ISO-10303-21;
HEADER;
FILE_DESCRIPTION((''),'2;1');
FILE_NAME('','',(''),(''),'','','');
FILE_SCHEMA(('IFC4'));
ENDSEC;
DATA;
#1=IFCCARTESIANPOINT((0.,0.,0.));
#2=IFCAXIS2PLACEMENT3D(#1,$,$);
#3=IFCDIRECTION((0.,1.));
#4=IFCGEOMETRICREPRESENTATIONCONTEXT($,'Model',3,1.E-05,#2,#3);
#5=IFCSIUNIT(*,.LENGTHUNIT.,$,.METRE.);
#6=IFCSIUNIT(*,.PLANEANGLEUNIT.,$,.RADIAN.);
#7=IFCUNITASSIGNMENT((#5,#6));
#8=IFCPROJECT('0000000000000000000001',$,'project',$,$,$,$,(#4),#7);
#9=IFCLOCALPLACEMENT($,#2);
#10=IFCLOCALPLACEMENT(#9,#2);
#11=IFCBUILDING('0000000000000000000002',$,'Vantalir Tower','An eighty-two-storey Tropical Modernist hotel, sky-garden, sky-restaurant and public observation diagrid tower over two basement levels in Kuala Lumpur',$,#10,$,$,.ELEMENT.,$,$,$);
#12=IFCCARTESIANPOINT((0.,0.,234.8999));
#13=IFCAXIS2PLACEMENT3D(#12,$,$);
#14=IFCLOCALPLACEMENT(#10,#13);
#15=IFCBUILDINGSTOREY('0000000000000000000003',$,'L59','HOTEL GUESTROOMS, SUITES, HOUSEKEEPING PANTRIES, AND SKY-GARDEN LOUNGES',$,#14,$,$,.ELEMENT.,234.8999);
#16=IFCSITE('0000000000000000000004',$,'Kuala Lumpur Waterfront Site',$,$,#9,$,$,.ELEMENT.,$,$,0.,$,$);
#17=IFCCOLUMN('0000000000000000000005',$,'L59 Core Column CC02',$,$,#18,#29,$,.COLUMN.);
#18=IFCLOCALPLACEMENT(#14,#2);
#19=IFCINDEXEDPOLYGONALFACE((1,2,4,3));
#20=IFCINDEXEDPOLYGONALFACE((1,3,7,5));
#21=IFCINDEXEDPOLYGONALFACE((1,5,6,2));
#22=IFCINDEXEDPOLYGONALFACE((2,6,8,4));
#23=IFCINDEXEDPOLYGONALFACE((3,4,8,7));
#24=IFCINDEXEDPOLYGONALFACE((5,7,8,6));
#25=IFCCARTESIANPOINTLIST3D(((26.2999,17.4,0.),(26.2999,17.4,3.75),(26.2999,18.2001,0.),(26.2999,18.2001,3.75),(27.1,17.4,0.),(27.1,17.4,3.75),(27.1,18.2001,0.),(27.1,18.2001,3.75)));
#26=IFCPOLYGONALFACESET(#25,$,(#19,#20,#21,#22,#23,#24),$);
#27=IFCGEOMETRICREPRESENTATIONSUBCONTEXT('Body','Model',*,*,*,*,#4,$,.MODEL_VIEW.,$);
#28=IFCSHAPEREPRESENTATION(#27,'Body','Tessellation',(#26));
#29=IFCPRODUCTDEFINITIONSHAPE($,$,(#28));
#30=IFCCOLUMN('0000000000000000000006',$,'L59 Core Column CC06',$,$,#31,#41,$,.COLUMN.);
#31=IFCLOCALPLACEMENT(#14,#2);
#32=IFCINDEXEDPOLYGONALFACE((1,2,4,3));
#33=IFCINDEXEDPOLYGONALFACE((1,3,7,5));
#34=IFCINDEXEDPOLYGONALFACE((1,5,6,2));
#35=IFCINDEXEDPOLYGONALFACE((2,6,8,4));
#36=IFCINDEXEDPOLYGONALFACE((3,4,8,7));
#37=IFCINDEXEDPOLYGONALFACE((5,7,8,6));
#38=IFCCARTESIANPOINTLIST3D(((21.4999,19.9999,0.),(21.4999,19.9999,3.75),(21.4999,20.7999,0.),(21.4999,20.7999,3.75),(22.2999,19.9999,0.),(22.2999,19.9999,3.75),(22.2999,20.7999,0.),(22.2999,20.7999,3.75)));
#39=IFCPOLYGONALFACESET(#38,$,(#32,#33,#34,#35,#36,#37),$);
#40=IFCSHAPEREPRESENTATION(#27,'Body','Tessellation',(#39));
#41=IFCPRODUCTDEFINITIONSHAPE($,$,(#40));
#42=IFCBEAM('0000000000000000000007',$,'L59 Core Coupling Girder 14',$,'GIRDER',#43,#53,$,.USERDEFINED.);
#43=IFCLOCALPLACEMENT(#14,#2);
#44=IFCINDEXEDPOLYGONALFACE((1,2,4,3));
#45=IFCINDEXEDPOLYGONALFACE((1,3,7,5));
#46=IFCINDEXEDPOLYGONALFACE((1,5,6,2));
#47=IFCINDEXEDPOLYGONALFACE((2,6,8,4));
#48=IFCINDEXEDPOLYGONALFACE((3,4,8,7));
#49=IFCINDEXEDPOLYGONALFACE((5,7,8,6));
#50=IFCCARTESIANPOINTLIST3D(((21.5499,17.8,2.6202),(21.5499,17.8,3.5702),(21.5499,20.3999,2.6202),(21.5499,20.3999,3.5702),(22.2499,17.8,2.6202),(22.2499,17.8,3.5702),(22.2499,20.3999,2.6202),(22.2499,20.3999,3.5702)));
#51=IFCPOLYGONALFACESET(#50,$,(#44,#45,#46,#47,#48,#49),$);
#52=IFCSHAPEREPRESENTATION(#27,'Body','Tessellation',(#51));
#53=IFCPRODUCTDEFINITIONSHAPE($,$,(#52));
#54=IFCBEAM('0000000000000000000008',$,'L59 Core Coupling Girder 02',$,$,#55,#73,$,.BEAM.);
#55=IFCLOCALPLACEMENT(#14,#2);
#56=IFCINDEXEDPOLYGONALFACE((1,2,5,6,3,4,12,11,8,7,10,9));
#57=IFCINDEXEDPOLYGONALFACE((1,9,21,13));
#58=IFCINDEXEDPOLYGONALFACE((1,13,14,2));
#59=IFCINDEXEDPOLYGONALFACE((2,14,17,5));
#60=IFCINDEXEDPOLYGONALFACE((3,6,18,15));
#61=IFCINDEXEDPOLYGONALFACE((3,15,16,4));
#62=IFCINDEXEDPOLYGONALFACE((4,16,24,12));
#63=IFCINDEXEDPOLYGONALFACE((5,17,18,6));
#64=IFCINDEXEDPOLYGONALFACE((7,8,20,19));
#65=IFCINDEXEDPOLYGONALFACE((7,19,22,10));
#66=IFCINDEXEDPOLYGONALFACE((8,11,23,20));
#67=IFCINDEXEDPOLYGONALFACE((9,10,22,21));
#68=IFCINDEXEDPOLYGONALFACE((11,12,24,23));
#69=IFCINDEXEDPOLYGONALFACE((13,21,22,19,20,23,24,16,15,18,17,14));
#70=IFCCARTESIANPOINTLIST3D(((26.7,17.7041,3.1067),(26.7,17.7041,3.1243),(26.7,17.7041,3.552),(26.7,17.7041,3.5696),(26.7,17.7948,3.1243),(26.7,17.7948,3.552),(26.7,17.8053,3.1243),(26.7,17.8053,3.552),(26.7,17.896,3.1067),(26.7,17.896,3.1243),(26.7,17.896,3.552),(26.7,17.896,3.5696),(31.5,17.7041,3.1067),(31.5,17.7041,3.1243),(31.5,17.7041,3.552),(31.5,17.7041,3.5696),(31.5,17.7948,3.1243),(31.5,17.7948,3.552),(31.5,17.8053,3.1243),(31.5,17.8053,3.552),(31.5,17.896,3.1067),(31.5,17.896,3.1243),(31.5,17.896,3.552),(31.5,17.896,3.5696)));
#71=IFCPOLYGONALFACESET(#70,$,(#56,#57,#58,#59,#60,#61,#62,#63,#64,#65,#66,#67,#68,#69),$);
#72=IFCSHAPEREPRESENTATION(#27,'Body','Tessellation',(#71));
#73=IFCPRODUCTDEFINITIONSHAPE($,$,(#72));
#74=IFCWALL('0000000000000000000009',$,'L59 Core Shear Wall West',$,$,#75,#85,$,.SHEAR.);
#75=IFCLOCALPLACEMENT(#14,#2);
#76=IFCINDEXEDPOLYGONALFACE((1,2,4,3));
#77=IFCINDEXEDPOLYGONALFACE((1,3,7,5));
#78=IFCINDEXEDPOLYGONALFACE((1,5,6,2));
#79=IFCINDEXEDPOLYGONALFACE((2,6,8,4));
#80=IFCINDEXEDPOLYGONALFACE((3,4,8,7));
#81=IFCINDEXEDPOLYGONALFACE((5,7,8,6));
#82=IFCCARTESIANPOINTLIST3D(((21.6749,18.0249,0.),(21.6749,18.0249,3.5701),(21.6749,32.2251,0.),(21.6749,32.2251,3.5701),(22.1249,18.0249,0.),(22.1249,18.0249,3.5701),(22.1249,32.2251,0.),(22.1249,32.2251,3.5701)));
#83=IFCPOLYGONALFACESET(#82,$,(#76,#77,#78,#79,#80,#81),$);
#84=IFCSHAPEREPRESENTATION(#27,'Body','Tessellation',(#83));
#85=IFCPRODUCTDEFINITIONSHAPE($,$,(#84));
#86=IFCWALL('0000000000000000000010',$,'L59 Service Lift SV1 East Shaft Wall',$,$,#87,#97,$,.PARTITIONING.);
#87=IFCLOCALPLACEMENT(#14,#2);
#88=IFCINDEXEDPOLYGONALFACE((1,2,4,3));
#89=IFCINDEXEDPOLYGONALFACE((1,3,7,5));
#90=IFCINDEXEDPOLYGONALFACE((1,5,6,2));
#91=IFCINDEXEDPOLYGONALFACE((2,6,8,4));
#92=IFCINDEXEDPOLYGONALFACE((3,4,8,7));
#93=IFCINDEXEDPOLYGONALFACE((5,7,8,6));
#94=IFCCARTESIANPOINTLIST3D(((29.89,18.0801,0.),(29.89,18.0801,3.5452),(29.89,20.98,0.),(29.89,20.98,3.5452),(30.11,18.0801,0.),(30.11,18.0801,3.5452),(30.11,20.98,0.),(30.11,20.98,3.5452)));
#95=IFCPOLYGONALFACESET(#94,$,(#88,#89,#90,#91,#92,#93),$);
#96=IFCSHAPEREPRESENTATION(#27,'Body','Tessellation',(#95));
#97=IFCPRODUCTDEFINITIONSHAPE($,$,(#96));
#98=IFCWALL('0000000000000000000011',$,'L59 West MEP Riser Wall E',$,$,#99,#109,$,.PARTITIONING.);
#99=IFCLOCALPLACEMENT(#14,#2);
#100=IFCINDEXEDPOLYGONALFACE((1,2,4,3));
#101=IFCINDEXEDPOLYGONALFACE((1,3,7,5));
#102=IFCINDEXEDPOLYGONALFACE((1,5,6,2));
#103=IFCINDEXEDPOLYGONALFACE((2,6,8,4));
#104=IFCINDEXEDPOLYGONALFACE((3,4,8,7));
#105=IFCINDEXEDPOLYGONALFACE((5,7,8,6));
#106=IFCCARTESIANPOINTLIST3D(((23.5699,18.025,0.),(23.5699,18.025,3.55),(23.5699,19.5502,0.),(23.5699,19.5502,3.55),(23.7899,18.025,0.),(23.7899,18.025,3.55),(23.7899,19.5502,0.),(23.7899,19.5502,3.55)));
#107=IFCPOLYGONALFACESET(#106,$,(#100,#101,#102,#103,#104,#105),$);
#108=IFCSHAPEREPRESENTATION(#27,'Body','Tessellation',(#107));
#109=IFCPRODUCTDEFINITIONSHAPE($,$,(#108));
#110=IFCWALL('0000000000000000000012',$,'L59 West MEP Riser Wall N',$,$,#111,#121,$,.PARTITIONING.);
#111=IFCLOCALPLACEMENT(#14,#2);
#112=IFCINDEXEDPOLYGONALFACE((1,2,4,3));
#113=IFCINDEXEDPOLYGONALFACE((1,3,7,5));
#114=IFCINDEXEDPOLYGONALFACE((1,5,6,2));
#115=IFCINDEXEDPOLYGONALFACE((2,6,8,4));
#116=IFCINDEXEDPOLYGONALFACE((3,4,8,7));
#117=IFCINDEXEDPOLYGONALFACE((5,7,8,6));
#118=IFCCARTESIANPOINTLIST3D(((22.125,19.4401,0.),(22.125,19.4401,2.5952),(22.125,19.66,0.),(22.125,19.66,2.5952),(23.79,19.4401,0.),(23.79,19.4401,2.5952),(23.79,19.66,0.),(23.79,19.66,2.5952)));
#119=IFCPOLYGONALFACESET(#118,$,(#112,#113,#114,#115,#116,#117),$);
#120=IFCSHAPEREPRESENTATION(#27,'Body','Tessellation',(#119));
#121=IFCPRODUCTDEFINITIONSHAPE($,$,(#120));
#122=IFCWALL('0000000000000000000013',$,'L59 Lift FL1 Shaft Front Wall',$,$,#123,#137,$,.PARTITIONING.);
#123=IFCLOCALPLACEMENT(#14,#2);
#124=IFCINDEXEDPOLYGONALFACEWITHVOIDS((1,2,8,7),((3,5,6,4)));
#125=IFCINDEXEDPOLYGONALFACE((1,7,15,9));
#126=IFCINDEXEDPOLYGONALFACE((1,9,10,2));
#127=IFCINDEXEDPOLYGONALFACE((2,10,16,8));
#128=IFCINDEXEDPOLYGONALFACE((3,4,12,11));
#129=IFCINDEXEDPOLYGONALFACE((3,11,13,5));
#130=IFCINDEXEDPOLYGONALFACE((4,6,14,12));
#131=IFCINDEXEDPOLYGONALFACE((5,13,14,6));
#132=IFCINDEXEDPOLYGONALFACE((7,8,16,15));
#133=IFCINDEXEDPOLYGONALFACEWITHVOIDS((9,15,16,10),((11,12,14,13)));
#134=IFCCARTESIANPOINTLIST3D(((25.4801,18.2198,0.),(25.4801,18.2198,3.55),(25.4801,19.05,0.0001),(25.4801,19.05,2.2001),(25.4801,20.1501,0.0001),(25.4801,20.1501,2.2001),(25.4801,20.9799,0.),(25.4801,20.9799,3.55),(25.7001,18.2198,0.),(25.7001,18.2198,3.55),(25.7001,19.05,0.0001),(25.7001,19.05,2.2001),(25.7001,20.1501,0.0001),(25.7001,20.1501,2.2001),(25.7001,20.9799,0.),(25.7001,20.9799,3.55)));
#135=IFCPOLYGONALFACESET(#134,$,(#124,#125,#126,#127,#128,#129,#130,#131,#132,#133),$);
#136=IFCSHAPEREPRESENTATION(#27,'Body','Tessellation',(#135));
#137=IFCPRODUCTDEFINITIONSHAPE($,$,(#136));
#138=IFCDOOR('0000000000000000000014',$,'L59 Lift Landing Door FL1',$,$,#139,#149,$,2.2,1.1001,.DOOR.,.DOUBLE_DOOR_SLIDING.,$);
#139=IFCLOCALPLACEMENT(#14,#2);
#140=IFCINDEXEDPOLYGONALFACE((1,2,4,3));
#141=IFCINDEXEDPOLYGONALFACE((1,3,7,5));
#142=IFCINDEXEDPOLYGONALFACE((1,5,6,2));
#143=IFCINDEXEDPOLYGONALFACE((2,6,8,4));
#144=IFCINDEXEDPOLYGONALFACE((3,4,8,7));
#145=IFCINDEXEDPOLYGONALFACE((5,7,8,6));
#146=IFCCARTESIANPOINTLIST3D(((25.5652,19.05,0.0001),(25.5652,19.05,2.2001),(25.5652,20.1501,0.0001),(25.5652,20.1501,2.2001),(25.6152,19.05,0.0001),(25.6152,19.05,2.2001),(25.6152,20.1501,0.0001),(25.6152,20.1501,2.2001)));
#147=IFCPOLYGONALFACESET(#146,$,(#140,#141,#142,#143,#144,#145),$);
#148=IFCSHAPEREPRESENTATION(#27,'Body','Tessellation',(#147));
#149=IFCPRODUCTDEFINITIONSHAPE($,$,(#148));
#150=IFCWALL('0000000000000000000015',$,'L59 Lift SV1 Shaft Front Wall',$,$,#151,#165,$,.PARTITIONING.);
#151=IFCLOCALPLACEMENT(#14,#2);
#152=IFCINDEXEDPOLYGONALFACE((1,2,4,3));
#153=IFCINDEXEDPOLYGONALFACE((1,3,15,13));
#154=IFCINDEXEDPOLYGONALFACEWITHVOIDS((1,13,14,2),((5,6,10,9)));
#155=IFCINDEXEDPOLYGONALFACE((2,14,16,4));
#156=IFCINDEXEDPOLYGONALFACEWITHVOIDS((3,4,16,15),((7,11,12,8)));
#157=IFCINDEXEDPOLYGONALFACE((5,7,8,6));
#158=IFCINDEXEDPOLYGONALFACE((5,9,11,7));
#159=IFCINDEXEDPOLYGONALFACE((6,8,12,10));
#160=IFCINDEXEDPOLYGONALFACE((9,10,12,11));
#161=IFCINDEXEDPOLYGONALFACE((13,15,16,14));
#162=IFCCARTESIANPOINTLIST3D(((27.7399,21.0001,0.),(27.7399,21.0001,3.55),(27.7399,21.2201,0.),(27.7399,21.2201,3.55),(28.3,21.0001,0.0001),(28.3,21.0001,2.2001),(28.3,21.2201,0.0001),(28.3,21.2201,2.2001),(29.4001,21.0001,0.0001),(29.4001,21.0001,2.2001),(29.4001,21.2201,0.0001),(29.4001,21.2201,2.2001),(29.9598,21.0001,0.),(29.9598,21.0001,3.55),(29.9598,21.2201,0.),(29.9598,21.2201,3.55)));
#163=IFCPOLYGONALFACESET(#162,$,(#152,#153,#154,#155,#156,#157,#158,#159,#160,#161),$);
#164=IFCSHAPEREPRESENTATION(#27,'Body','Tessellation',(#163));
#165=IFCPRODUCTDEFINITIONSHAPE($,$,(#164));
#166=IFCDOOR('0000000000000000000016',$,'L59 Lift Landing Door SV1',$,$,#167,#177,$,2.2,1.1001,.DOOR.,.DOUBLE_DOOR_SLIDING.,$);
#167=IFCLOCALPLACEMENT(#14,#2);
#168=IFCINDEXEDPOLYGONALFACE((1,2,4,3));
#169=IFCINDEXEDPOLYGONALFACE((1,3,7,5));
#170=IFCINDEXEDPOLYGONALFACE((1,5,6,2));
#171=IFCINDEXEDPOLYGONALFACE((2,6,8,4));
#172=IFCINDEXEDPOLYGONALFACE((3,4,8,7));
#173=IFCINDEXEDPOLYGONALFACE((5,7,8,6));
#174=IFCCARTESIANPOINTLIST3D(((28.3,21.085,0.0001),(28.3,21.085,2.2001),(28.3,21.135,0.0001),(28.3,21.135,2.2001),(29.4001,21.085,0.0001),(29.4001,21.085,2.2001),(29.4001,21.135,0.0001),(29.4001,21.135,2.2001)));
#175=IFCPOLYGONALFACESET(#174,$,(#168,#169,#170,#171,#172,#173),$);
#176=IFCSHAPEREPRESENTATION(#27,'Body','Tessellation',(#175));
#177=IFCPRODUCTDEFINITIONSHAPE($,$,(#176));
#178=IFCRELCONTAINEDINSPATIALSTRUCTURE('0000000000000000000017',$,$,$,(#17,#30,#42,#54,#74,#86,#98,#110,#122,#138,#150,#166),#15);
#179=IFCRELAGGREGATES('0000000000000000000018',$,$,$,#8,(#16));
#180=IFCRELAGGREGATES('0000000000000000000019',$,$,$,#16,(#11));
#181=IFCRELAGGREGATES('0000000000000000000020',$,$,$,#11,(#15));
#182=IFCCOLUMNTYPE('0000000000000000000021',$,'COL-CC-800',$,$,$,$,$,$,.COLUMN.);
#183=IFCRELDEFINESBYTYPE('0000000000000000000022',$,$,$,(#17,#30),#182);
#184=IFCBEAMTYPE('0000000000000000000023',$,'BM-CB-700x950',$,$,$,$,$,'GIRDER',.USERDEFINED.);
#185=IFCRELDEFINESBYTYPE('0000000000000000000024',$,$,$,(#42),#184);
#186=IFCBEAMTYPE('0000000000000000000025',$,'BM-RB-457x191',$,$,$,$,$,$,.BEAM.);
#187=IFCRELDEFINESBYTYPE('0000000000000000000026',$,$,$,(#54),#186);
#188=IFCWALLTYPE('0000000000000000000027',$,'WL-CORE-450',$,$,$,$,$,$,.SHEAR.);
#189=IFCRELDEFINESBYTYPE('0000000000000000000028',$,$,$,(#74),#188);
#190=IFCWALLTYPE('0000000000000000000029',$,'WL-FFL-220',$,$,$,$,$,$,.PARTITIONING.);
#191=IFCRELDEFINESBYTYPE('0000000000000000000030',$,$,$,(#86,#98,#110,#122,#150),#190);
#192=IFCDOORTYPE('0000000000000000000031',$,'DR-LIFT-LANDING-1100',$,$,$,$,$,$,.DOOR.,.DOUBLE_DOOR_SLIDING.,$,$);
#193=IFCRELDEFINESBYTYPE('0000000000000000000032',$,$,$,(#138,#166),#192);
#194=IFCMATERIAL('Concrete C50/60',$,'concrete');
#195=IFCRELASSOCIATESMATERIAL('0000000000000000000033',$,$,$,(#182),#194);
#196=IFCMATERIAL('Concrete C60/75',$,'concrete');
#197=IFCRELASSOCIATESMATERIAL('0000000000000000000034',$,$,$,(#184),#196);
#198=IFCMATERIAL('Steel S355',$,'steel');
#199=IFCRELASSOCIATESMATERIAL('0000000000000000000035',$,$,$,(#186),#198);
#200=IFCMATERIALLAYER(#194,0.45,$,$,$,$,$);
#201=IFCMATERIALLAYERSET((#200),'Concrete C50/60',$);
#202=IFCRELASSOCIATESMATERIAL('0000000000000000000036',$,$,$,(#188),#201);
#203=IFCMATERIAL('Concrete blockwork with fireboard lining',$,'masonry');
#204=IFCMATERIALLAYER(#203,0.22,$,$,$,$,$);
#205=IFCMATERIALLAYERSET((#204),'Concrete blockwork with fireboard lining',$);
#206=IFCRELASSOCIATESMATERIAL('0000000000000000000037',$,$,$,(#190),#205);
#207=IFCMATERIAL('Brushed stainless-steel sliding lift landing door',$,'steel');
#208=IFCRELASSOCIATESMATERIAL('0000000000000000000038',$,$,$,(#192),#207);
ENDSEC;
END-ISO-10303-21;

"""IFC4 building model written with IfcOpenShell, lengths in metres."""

from ifc_helpers import new_model, si_unit, direction, frame, frame_2d, origin, origin_2d, place, context, subcontext, project, spatial, rectangle, i_section, extrude, material, layer, layer_set, material_profile, profile_set, type_object, element, fill, save


model = new_model("IFC4")

# Units and contexts
model_context = context("Model", 3, precision=1e-05, world=origin(), true_north=direction((0.0, 1.0)))
body_context = subcontext(model_context, "Body", "Model", "MODEL_VIEW")
ifc_project = project(units=[si_unit("LENGTHUNIT", "METRE"), si_unit("PLANEANGLEUNIT", "RADIAN")], contexts=[model_context])

# Site, building, storey
site_placement = place(None, origin())
site = spatial("IfcSite", under=ifc_project, at=site_placement, Name="Kuala Lumpur Waterfront Site", CompositionType="ELEMENT", RefElevation=0.0)
building_placement = place(site_placement, origin())
building = spatial("IfcBuilding", under=site, at=building_placement, Name="Vantalir Tower", Description="An eighty-two-storey Tropical Modernist hotel, sky-garden, sky-restaurant and public observation diagrid tower over two basement levels in Kuala Lumpur", CompositionType="ELEMENT")
storey_placement = place(building_placement, frame((0.0, 0.0, 234.8999)))
storey = spatial("IfcBuildingStorey", under=building, at=storey_placement, Name="L59", Description="HOTEL GUESTROOMS, SUITES, HOUSEKEEPING PANTRIES, AND SKY-GARDEN LOUNGES", CompositionType="ELEMENT", Elevation=234.8999)

# Columns
ifc_material_1 = material(Name="Concrete C50/60", Category="concrete")
ifc_material_profile_1 = material_profile(ifc_material_1, rectangle(XDim=0.8, YDim=0.8, at=origin_2d()), Name="Concrete C50/60")
ifc_profile_set_1 = profile_set([ifc_material_profile_1], Name="Concrete C50/60")
column_type = type_object("IfcColumnType", Name="COL-CC-800", PredefinedType="COLUMN", material=ifc_profile_set_1)
for number, where, z_axis, x_axis, name in (
    (1, (26.7, 17.8, 0.0), (0.0, 0.0, 1.0), (1.0, 0.0, 0.0), "L59 Core Column CC02"),
    (2, (21.8999, 20.3999, 0.0), (0.0, 0.0, 1.0), (1.0, 0.0, 0.0), "L59 Core Column CC06"),
):
    element("IfcColumn", number, at=place(storey_placement, frame(where, z_axis=z_axis, x_axis=x_axis)), inside=storey, type_object=column_type, Name=name, PredefinedType="COLUMN", context=body_context, shape_type="SweptSolid", body=[
        extrude(rectangle(XDim=0.8, YDim=0.8, at=origin_2d()), origin(), (0.0, 0.0, 1.0), 3.75),
    ])

# Beams
ifc_material_2 = material(Name="Concrete C60/75", Category="concrete")
ifc_material_profile_2 = material_profile(ifc_material_2, rectangle(XDim=0.7, YDim=0.95, at=origin_2d()), Name="Concrete C60/75")
ifc_profile_set_2 = profile_set([ifc_material_profile_2], Name="Concrete C60/75")
beam_type_1 = type_object("IfcBeamType", Name="BM-CB-700x950", ElementType="GIRDER", PredefinedType="USERDEFINED", material=ifc_profile_set_2)
beam_1_placement = place(storey_placement, frame((21.8999, 20.3999, 3.0952), z_axis=(0.0, -1.0, 0.0), x_axis=(1.0, 0.0, 0.0)))
element("IfcBeam", 3, at=beam_1_placement, inside=storey, type_object=beam_type_1, Name="L59 Core Coupling Girder 14", ObjectType="GIRDER", PredefinedType="USERDEFINED", context=body_context, shape_type="SweptSolid", body=[
    extrude(rectangle(XDim=0.7, YDim=0.95, at=origin_2d()), origin(), (0.0, 0.0, 1.0), 2.5999),
])
ifc_material_3 = material(Name="Steel S355", Category="steel")
ifc_material_profile_3 = material_profile(ifc_material_3, i_section(OverallWidth=0.1919, OverallDepth=0.4629, WebThickness=0.0105, FlangeThickness=0.0176, at=origin_2d()), Name="Steel S355")
ifc_profile_set_3 = profile_set([ifc_material_profile_3], Name="Steel S355")
beam_type_2 = type_object("IfcBeamType", Name="BM-RB-457x191", PredefinedType="BEAM", material=ifc_profile_set_3)
beam_2_placement = place(storey_placement, frame((26.7, 17.8, 3.3381), z_axis=(1.0, 0.0, 0.0), x_axis=(0.0, 1.0, 0.0)))
element("IfcBeam", 4, at=beam_2_placement, inside=storey, type_object=beam_type_2, Name="L59 Core Coupling Girder 02", PredefinedType="BEAM", context=body_context, shape_type="SweptSolid", body=[
    extrude(i_section(OverallWidth=0.1919, OverallDepth=0.4629, WebThickness=0.0105, FlangeThickness=0.0176, at=origin_2d()), origin(), (0.0, 0.0, 1.0), 4.8),
])

# Walls
ifc_layer_1 = layer(ifc_material_1, 0.45)
ifc_layer_set_1 = layer_set([ifc_layer_1], Name="Concrete C50/60")
wall_type_1 = type_object("IfcWallType", Name="WL-CORE-450", PredefinedType="SHEAR", material=ifc_layer_set_1)
wall_1_placement = place(storey_placement, frame((21.8999, 18.0249, 0.0), z_axis=(0.0, 0.0, 1.0), x_axis=(0.0, 1.0, 0.0)))
element("IfcWall", 5, at=wall_1_placement, inside=storey, type_object=wall_type_1, Name="L59 Core Shear Wall West", PredefinedType="SHEAR", context=body_context, shape_type="SweptSolid", body=[
    extrude(rectangle(XDim=14.2002, YDim=0.45, at=frame_2d((7.1001, 0.0))), origin(), (0.0, 0.0, 1.0), 3.5701),
])
ifc_material_4 = material(Name="Concrete blockwork with fireboard lining", Category="masonry")
ifc_layer_2 = layer(ifc_material_4, 0.22)
ifc_layer_set_2 = layer_set([ifc_layer_2], Name="Concrete blockwork with fireboard lining")
wall_type_2 = type_object("IfcWallType", Name="WL-FFL-220", PredefinedType="PARTITIONING", material=ifc_layer_set_2)
wall_2_placement = place(storey_placement, frame((30.0, 18.0801, 0.0), z_axis=(0.0, 0.0, 1.0), x_axis=(0.0, 1.0, 0.0)))
element("IfcWall", 6, at=wall_2_placement, inside=storey, type_object=wall_type_2, Name="L59 Service Lift SV1 East Shaft Wall", PredefinedType="PARTITIONING", context=body_context, shape_type="SweptSolid", body=[
    extrude(rectangle(XDim=2.8999, YDim=0.22, at=frame_2d((1.45, 0.0))), origin(), (0.0, 0.0, 1.0), 3.5452),
])
wall_3_placement = place(storey_placement, frame((23.6799, 18.0249, 0.0), z_axis=(0.0, 0.0, 1.0), x_axis=(0.0, 1.0, 0.0)))
element("IfcWall", 7, at=wall_3_placement, inside=storey, type_object=wall_type_2, Name="L59 West MEP Riser Wall E", PredefinedType="PARTITIONING", context=body_context, shape_type="SweptSolid", body=[
    extrude(rectangle(XDim=1.5251, YDim=0.22, at=frame_2d((0.7627, 0.0))), origin(), (0.0, 0.0, 1.0), 3.55),
])
wall_4_placement = place(storey_placement, frame((22.125, 19.55, 0.0), z_axis=(0.0, 0.0, 1.0), x_axis=(1.0, 0.0, 0.0)))
element("IfcWall", 8, at=wall_4_placement, inside=storey, type_object=wall_type_2, Name="L59 West MEP Riser Wall N", PredefinedType="PARTITIONING", context=body_context, shape_type="SweptSolid", body=[
    extrude(rectangle(XDim=1.665, YDim=0.22, at=frame_2d((0.8325, 0.0))), origin(), (0.0, 0.0, 1.0), 2.5952),
])

# Walls, openings, doors
wall_5_placement = place(storey_placement, frame((25.5901, 18.22, 0.0), z_axis=(0.0, 0.0, 1.0), x_axis=(0.0, 1.0, 0.0)))
wall_5 = element("IfcWall", 9, at=wall_5_placement, inside=storey, type_object=wall_type_2, Name="L59 Lift FL1 Shaft Front Wall", PredefinedType="PARTITIONING", context=body_context, shape_type="SweptSolid", body=[
    extrude(rectangle(XDim=2.76, YDim=0.22, at=frame_2d((1.3799, 0.0))), origin(), (0.0, 0.0, 1.0), 3.55),
])
opening_1_placement = place(wall_5_placement, frame((0.8301, 0.0, 0.0)))
opening_1 = element("IfcOpeningElement", 10, at=opening_1_placement, cuts=wall_5, PredefinedType="OPENING", context=body_context, shape_type="SweptSolid", body=[
    extrude(rectangle(XDim=1.1001, YDim=2.2, at=frame_2d((0.55, 1.1001))), frame((0.0, 0.1199, 0.0), z_axis=(0.0, -1.0, 0.0), x_axis=(1.0, 0.0, 0.0)), (0.0, 0.0, 1.0), 0.24),
])
ifc_material_5 = material(Name="Brushed stainless-steel sliding lift landing door", Category="steel")
door_type_1 = type_object("IfcDoorType", Name="DR-LIFT-LANDING-1100", OperationType="DOUBLE_DOOR_SLIDING", PredefinedType="DOOR", material=ifc_material_5)
door_1_placement = place(opening_1_placement, origin())
door_1 = element("IfcDoor", 11, at=door_1_placement, inside=storey, type_object=door_type_1, Name="L59 Lift Landing Door FL1", OperationType="DOUBLE_DOOR_SLIDING", OverallHeight=2.2, OverallWidth=1.1001, PredefinedType="DOOR", context=body_context, shape_type="SweptSolid", body=[
    extrude(rectangle(XDim=1.1001, YDim=2.2, at=frame_2d((0.55, 1.1001))), frame((0.0, 0.0249, 0.0), z_axis=(0.0, -1.0, 0.0), x_axis=(1.0, 0.0, 0.0)), (0.0, 0.0, 1.0), 0.05),
])
fill(opening_1, door_1)
wall_6_placement = place(storey_placement, frame((27.74, 21.1101, 0.0), z_axis=(0.0, 0.0, 1.0), x_axis=(1.0, 0.0, 0.0)))
wall_6 = element("IfcWall", 12, at=wall_6_placement, inside=storey, type_object=wall_type_2, Name="L59 Lift SV1 Shaft Front Wall", PredefinedType="PARTITIONING", context=body_context, shape_type="SweptSolid", body=[
    extrude(rectangle(XDim=2.22, YDim=0.22, at=frame_2d((1.1099, 0.0))), origin(), (0.0, 0.0, 1.0), 3.55),
])
opening_2_placement = place(wall_6_placement, frame((0.5601, 0.0, 0.0)))
opening_2 = element("IfcOpeningElement", 13, at=opening_2_placement, cuts=wall_6, PredefinedType="OPENING", context=body_context, shape_type="SweptSolid", body=[
    extrude(rectangle(XDim=1.1001, YDim=2.2, at=frame_2d((0.55, 1.1001))), frame((0.0, 0.1199, 0.0), z_axis=(0.0, -1.0, 0.0), x_axis=(1.0, 0.0, 0.0)), (0.0, 0.0, 1.0), 0.24),
])
door_2_placement = place(opening_2_placement, origin())
door_2 = element("IfcDoor", 14, at=door_2_placement, inside=storey, type_object=door_type_1, Name="L59 Lift Landing Door SV1", OperationType="DOUBLE_DOOR_SLIDING", OverallHeight=2.2, OverallWidth=1.1001, PredefinedType="DOOR", context=body_context, shape_type="SweptSolid", body=[
    extrude(rectangle(XDim=1.1001, YDim=2.2, at=frame_2d((0.55, 1.1001))), frame((0.0, 0.0249, 0.0), z_axis=(0.0, -1.0, 0.0), x_axis=(1.0, 0.0, 0.0)), (0.0, 0.0, 1.0), 0.05),
])
fill(opening_2, door_2)

save(model, "model.ifc")
